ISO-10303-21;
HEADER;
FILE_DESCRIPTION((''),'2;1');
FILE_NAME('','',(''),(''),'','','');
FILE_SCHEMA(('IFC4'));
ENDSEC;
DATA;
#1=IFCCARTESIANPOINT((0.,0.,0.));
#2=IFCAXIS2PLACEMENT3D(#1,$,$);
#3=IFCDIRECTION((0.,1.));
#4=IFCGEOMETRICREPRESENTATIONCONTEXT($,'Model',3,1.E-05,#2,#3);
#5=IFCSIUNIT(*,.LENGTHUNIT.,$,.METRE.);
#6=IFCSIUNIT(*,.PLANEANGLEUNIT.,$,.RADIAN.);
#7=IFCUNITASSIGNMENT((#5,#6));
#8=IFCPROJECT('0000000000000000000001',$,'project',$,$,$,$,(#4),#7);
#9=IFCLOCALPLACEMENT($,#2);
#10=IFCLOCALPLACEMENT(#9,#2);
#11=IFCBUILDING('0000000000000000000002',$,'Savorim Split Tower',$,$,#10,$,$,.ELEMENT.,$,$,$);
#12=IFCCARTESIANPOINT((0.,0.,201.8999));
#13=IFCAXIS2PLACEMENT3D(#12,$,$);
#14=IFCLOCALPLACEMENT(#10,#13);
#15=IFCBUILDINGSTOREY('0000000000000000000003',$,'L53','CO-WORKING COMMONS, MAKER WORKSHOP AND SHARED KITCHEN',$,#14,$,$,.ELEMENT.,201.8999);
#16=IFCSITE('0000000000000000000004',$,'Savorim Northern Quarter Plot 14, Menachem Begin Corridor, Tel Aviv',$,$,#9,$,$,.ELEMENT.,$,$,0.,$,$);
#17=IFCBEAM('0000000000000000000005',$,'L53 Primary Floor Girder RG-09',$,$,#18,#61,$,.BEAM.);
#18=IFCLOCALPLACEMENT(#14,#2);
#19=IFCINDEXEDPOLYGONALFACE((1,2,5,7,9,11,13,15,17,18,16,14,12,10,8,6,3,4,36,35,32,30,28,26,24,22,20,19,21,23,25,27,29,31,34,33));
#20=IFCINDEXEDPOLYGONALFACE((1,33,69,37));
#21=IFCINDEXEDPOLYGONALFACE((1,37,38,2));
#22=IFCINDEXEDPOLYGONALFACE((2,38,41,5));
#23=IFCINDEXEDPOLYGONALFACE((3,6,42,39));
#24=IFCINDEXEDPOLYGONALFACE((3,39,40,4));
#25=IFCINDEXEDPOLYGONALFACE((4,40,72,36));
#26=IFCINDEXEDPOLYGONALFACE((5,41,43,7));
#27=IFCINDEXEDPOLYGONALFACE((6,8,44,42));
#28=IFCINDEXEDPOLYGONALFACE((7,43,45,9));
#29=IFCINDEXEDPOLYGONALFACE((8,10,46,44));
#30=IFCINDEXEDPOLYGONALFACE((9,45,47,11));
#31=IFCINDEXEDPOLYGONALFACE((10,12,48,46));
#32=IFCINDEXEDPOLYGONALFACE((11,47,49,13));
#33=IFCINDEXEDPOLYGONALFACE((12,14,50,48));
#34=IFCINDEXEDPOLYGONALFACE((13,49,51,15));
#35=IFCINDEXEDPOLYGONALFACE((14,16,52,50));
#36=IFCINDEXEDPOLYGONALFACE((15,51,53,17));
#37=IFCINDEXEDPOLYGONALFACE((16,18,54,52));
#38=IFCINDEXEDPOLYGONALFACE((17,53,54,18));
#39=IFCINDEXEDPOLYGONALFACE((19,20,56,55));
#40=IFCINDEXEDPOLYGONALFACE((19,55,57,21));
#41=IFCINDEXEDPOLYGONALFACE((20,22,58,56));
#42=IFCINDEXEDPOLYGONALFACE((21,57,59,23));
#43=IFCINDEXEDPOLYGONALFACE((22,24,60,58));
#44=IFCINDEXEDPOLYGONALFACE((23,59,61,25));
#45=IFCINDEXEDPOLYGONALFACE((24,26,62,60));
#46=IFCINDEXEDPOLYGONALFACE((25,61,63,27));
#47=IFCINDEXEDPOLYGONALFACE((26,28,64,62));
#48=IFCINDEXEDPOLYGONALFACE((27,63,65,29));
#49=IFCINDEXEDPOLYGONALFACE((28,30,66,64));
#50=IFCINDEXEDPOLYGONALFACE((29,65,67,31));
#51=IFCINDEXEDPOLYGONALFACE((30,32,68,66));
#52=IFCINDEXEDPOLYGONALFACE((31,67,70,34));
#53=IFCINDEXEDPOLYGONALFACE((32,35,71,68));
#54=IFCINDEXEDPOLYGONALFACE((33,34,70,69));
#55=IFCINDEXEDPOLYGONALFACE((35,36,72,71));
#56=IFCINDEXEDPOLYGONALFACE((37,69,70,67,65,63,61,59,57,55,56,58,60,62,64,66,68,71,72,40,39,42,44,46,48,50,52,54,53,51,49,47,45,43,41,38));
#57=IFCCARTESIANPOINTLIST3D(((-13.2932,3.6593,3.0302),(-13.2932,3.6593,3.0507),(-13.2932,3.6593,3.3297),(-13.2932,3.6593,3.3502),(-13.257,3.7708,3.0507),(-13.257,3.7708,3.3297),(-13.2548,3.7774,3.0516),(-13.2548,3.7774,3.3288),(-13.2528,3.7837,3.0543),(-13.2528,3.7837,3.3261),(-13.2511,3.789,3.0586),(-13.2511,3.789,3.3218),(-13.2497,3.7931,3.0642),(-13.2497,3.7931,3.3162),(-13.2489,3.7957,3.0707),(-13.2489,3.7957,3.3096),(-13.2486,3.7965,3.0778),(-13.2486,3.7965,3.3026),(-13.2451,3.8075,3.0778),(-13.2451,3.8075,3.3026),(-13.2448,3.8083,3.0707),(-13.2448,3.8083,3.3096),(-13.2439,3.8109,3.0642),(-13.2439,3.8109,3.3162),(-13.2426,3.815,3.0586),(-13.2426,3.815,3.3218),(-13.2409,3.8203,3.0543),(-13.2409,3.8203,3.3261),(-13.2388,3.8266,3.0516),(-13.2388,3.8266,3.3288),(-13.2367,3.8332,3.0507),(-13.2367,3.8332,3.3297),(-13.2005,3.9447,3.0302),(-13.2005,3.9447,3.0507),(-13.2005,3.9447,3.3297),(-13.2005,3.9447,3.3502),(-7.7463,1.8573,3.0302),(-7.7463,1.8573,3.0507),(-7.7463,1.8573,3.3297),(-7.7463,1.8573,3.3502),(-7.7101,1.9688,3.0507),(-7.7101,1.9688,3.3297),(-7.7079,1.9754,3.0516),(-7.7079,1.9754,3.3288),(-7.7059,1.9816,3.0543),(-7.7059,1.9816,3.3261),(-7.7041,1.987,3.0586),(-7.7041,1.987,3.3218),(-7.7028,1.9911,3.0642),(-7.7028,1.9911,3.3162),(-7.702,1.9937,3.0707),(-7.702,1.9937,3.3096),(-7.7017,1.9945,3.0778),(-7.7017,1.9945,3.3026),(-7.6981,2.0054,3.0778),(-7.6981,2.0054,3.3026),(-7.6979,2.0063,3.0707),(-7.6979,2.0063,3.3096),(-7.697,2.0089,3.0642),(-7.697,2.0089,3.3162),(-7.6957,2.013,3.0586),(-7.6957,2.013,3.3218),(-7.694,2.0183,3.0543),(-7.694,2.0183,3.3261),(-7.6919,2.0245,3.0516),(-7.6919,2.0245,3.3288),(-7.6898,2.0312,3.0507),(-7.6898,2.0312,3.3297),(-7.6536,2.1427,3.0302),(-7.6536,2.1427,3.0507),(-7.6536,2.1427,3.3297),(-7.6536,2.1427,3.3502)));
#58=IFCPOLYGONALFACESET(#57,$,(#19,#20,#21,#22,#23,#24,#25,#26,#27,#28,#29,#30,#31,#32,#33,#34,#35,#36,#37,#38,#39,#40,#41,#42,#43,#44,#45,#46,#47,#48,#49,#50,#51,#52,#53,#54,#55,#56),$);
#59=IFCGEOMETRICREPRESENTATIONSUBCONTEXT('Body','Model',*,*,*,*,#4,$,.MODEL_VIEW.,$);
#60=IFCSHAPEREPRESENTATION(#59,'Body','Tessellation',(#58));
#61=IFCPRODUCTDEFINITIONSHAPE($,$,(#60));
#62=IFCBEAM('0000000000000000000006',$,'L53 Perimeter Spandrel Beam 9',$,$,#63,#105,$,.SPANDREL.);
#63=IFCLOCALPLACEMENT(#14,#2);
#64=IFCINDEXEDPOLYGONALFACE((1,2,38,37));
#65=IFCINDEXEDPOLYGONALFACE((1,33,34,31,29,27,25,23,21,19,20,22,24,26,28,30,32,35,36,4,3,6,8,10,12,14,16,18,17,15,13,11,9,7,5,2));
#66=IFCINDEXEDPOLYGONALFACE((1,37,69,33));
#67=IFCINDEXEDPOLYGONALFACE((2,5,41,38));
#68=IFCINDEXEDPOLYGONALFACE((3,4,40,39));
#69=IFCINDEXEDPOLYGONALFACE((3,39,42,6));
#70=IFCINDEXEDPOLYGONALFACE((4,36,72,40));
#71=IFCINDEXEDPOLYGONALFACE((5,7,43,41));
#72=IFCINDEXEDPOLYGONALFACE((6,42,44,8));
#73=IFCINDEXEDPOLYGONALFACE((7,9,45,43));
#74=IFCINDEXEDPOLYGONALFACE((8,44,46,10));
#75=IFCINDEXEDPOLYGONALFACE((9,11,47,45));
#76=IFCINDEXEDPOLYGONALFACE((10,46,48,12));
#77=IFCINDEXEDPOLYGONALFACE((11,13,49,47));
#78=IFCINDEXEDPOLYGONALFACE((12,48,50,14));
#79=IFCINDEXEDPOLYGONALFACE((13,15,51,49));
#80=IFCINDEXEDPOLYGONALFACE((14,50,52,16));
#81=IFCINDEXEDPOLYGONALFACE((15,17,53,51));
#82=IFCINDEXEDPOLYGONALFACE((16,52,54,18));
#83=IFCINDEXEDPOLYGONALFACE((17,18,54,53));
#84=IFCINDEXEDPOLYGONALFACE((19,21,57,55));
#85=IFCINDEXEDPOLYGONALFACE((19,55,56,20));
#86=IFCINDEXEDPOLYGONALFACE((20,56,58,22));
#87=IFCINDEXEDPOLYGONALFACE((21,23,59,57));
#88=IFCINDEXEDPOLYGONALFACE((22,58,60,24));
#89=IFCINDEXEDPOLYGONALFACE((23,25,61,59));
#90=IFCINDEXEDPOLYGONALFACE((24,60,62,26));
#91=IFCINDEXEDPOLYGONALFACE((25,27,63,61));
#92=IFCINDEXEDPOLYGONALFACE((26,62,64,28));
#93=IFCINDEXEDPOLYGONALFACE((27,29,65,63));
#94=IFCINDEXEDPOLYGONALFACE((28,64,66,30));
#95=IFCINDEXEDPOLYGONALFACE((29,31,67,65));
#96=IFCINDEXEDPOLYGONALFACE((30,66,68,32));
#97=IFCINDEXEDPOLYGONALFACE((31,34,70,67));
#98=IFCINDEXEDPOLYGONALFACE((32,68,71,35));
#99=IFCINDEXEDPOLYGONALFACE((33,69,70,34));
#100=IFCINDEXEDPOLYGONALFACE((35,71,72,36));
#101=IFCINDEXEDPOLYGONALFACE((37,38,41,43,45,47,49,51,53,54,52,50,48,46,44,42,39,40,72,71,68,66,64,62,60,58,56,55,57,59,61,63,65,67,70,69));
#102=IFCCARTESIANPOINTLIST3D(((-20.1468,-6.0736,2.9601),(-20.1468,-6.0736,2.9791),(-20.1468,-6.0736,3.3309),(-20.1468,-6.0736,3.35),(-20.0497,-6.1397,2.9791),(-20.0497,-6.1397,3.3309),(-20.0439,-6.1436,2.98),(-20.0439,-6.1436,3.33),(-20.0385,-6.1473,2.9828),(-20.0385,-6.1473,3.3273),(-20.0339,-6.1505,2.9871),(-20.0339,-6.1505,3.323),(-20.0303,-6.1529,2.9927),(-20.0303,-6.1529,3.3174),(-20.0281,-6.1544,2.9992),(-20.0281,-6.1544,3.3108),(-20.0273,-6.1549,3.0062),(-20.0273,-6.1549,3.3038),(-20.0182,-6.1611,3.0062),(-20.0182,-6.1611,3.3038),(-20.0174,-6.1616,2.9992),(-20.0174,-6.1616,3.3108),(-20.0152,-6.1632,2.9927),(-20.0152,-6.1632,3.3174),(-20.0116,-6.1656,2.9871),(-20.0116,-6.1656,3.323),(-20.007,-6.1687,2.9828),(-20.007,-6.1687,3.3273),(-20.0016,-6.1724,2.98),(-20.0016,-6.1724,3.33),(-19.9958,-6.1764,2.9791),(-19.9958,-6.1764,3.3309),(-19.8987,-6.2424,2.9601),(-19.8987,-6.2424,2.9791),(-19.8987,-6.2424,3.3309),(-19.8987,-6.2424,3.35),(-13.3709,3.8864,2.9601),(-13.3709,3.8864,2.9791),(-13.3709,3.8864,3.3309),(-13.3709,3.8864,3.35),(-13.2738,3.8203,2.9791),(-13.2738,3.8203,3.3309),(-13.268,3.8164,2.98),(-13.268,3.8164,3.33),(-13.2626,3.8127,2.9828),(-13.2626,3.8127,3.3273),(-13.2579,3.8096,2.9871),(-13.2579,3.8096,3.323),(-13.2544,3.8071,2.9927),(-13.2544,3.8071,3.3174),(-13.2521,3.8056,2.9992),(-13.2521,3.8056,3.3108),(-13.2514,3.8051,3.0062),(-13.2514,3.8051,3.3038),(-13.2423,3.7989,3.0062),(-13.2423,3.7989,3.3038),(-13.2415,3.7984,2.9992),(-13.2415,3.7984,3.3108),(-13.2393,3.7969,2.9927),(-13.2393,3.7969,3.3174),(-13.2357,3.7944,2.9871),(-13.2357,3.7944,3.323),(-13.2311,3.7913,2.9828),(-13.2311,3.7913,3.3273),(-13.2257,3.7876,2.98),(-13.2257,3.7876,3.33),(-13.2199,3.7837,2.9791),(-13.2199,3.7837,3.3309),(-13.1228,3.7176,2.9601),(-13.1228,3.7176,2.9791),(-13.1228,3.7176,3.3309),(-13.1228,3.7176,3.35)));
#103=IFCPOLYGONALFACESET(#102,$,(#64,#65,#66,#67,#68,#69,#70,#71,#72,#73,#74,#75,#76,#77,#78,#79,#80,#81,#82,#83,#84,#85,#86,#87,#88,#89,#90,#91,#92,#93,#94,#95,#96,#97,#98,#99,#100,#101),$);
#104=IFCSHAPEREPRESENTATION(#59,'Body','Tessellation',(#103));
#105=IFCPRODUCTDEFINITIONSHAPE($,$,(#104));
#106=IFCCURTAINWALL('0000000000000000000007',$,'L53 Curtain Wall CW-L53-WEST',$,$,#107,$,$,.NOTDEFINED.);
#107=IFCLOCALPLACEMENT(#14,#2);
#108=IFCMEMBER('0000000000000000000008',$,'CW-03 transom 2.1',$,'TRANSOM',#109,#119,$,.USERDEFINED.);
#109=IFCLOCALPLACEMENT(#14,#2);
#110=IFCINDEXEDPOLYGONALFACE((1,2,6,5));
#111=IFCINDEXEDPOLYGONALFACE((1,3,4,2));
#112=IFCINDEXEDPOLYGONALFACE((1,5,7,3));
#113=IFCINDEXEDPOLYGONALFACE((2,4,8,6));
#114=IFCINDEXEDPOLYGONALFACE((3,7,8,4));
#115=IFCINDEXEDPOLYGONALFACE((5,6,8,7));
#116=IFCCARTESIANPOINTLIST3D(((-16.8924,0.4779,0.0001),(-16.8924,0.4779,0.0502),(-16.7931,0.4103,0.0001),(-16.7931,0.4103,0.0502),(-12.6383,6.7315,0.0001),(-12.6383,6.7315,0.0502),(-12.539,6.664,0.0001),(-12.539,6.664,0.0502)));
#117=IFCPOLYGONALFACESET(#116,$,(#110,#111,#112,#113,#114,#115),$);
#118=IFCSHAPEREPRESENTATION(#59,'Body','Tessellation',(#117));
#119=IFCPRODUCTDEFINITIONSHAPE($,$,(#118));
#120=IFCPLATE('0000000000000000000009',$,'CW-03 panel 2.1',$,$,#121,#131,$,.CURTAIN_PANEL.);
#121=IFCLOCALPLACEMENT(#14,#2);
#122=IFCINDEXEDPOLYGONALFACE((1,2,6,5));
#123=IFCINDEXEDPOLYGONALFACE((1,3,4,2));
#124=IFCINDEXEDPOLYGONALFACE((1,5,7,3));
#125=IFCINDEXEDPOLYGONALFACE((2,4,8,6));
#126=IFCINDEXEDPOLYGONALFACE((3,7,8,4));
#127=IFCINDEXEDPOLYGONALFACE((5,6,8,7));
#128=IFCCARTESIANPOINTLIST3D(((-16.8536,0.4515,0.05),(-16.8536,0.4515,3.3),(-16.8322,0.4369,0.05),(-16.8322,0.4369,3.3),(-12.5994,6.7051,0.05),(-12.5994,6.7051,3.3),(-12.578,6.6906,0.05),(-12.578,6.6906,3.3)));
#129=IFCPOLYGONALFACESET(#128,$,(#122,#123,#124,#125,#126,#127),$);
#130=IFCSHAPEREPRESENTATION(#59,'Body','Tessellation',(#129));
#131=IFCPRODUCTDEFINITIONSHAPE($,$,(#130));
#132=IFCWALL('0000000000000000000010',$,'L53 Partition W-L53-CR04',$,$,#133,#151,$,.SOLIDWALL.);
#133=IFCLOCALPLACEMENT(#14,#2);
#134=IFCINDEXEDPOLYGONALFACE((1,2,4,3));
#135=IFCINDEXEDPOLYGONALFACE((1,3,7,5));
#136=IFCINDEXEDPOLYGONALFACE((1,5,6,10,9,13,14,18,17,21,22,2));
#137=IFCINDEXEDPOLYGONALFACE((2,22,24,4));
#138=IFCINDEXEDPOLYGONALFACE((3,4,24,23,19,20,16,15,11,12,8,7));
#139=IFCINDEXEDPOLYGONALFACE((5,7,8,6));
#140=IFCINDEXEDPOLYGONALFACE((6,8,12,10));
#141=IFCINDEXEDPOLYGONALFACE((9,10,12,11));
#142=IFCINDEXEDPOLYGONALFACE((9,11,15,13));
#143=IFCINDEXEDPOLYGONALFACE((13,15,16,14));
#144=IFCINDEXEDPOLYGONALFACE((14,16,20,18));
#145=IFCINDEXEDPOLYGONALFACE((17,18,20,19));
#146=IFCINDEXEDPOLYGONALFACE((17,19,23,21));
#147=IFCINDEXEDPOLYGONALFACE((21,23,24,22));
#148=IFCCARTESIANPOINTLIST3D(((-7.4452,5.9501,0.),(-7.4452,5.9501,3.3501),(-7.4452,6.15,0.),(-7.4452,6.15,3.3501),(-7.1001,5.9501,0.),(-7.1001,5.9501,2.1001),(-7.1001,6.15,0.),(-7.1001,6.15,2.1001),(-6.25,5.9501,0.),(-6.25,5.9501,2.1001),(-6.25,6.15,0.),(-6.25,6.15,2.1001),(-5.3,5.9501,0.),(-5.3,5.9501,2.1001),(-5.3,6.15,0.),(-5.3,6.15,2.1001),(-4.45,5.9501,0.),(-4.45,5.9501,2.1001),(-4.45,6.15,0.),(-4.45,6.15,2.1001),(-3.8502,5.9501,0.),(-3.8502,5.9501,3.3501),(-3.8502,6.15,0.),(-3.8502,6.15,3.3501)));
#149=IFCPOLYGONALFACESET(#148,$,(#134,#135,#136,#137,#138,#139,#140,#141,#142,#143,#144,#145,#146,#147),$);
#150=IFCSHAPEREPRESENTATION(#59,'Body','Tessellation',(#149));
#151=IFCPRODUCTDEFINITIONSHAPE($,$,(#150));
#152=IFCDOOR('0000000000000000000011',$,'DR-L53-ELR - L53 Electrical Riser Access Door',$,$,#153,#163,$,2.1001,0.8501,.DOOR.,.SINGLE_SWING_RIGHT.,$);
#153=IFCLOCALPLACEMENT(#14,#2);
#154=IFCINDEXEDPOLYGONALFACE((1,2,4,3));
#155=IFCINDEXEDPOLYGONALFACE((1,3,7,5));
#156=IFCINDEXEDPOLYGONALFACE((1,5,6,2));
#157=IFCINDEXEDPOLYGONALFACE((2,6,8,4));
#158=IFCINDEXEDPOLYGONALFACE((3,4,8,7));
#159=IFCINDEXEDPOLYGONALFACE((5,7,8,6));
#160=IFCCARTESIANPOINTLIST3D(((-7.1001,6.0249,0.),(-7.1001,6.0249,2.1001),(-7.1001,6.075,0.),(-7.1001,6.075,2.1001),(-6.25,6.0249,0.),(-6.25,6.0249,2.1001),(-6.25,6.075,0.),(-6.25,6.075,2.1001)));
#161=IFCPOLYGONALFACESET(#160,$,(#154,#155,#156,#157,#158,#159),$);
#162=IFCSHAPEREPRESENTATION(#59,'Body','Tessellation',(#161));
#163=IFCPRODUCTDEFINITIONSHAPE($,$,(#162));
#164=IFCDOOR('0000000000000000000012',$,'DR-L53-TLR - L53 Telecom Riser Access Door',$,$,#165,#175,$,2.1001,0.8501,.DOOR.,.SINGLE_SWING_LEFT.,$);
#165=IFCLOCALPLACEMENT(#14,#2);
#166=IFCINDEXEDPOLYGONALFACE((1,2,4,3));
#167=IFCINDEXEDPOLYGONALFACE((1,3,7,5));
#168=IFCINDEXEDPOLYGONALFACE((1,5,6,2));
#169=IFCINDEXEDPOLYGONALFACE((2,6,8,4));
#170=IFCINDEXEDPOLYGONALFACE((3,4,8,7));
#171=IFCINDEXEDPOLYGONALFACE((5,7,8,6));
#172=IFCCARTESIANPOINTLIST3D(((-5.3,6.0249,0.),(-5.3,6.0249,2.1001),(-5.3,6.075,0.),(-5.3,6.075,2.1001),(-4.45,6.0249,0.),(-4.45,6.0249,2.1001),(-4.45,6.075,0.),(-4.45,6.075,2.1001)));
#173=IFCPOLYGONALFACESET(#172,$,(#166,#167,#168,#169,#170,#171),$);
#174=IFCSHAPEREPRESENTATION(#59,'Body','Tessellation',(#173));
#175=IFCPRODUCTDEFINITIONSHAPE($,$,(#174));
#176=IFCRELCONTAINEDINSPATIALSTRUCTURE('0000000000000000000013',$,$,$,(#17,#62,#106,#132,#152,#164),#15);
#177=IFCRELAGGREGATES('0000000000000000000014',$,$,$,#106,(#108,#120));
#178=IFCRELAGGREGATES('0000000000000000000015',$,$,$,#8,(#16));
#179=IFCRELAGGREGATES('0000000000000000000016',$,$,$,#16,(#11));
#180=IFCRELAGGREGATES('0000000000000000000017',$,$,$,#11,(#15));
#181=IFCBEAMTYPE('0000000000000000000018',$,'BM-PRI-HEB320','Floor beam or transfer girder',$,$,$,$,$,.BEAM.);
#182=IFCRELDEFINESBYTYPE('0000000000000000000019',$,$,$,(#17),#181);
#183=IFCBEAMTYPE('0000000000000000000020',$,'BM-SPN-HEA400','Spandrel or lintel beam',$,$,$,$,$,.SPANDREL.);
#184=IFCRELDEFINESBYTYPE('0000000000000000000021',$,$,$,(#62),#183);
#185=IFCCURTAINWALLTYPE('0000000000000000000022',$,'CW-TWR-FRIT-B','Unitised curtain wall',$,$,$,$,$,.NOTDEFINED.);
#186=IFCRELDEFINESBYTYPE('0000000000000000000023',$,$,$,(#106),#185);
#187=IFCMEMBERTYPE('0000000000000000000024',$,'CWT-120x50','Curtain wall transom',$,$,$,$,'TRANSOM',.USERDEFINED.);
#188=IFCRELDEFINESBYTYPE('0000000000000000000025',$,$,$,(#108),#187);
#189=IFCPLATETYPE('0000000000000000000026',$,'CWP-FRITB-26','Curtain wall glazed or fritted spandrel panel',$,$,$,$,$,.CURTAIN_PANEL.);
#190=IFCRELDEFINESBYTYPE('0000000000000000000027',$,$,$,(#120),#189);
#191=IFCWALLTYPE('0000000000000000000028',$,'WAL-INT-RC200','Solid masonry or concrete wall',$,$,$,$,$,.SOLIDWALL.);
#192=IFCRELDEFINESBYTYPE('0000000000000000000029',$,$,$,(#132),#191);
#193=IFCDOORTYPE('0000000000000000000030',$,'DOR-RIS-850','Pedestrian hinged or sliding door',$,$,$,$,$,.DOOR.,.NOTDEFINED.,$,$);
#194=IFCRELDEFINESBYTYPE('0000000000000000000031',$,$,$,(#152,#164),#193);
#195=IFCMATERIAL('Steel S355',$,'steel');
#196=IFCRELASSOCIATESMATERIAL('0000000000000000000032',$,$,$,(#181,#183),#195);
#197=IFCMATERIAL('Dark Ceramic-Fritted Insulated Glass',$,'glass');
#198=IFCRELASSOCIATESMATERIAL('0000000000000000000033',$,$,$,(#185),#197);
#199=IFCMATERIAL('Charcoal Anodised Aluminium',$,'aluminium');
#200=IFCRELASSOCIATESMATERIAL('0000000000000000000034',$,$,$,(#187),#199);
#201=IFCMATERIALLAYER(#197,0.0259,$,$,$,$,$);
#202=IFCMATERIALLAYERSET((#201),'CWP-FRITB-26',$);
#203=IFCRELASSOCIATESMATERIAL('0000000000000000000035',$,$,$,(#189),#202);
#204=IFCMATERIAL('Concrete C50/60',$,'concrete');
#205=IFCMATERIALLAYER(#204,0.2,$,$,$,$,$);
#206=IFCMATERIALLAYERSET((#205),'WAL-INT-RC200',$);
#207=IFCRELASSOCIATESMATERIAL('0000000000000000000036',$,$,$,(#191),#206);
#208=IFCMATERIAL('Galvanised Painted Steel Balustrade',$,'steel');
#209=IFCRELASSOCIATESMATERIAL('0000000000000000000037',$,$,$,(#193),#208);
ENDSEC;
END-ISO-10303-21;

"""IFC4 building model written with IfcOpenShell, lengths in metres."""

from ifc_helpers import new_model, si_unit, direction, frame, frame_2d, origin, origin_2d, place, context, subcontext, project, spatial, rectangle, i_section, extrude, material, layer, layer_set, material_profile, profile_set, type_object, element, fill, aggregate, save


model = new_model("IFC4")

# Units and contexts
model_context = context("Model", 3, precision=1e-05, world=origin(), true_north=direction((0.0, 1.0)))
body_context = subcontext(model_context, "Body", "Model", "MODEL_VIEW")
ifc_project = project(units=[si_unit("LENGTHUNIT", "METRE"), si_unit("PLANEANGLEUNIT", "RADIAN")], contexts=[model_context])

# Site, building, storey
site_placement = place(None, origin())
site = spatial("IfcSite", under=ifc_project, at=site_placement, Name="Savorim Northern Quarter Plot 14, Menachem Begin Corridor, Tel Aviv", CompositionType="ELEMENT", RefElevation=0.0)
building_placement = place(site_placement, origin())
building = spatial("IfcBuilding", under=site, at=building_placement, Name="Savorim Split Tower", CompositionType="ELEMENT")
storey_placement = place(building_placement, frame((0.0, 0.0, 201.8999)))
storey = spatial("IfcBuildingStorey", under=building, at=storey_placement, Name="L53", Description="CO-WORKING COMMONS, MAKER WORKSHOP AND SHARED KITCHEN", CompositionType="ELEMENT", Elevation=201.8999)

# Shared definitions
ifc_material_1 = material(Name="Steel S355", Category="steel")

# Beams
ifc_material_profile_1 = material_profile(ifc_material_1, i_section(OverallWidth=0.3, OverallDepth=0.3201, WebThickness=0.0115, FlangeThickness=0.0205, FilletRadius=0.0271, at=origin_2d()), Name="HEB 320")
ifc_profile_set_1 = profile_set([ifc_material_profile_1], Name="Steel S355")
beam_type_1 = type_object("IfcBeamType", Name="BM-PRI-HEB320", Description="Floor beam or transfer girder", PredefinedType="BEAM", material=ifc_profile_set_1)
beam_1_placement = place(storey_placement, frame((-13.2468, 3.802, 3.1902), z_axis=(0.951071, -0.308972, 0.0), x_axis=(0.308972, 0.951071, 0.0)))
element("IfcBeam", 1, at=beam_1_placement, inside=storey, type_object=beam_type_1, Name="L53 Primary Floor Girder RG-09", PredefinedType="BEAM", context=body_context, shape_type="SweptSolid", body=[
    extrude(i_section(OverallWidth=0.3, OverallDepth=0.3201, WebThickness=0.0115, FlangeThickness=0.0205, FilletRadius=0.0271, at=origin_2d()), origin(), (0.0, 0.0, 1.0), 5.8323),
])
ifc_material_profile_2 = material_profile(ifc_material_1, i_section(OverallWidth=0.3, OverallDepth=0.3899, WebThickness=0.011, FlangeThickness=0.019, FilletRadius=0.0271, at=origin_2d()), Name="HEA 400")
ifc_profile_set_2 = profile_set([ifc_material_profile_2], Name="Steel S355")
beam_type_2 = type_object("IfcBeamType", Name="BM-SPN-HEA400", Description="Spandrel or lintel beam", PredefinedType="SPANDREL", material=ifc_profile_set_2)
beam_2_placement = place(storey_placement, frame((-13.2468, 3.802, 3.155), z_axis=(-0.562486, -0.826807, 0.0), x_axis=(0.826807, -0.562486, 0.0)))
element("IfcBeam", 2, at=beam_2_placement, inside=storey, type_object=beam_type_2, Name="L53 Perimeter Spandrel Beam 9", PredefinedType="SPANDREL", context=body_context, shape_type="SweptSolid", body=[
    extrude(i_section(OverallWidth=0.3, OverallDepth=0.3899, WebThickness=0.011, FlangeThickness=0.019, FilletRadius=0.0271, at=origin_2d()), origin(), (0.0, 0.0, 1.0), 12.0464),
])

# Curtain wall, member, plate
ifc_material_2 = material(Name="Dark Ceramic-Fritted Insulated Glass", Category="glass")
curtain_wall_type = type_object("IfcCurtainWallType", Name="CW-TWR-FRIT-B", Description="Unitised curtain wall", PredefinedType="NOTDEFINED", material=ifc_material_2)
curtain_wall_placement = place(storey_placement, origin())
curtain_wall = element("IfcCurtainWall", 3, at=curtain_wall_placement, inside=storey, type_object=curtain_wall_type, Name="L53 Curtain Wall CW-L53-WEST", PredefinedType="NOTDEFINED")
ifc_material_3 = material(Name="Charcoal Anodised Aluminium", Category="aluminium")
ifc_material_profile_3 = material_profile(ifc_material_3, rectangle(XDim=0.1201, YDim=0.05, at=origin_2d()), Name="ALU-T 120x50")
ifc_profile_set_3 = profile_set([ifc_material_profile_3], Name="Charcoal Anodised Aluminium")
member_type = type_object("IfcMemberType", Name="CWT-120x50", Description="Curtain wall transom", ElementType="TRANSOM", PredefinedType="USERDEFINED", material=ifc_profile_set_3)
member_placement = place(storey_placement, frame((-12.5886, 6.6978, 0.0251), z_axis=(-0.56246, -0.826824, 0.0), x_axis=(0.826824, -0.56246, 0.0)))
member = element("IfcMember", 4, at=member_placement, type_object=member_type, Name="CW-03 transom 2.1", ObjectType="TRANSOM", PredefinedType="USERDEFINED", context=body_context, shape_type="SweptSolid", body=[
    extrude(rectangle(XDim=0.1201, YDim=0.05, at=origin_2d()), origin(), (0.0, 0.0, 1.0), 7.5635),
])
ifc_layer_1 = layer(ifc_material_2, 0.0259)
ifc_layer_set_1 = layer_set([ifc_layer_1], Name="CWP-FRITB-26")
plate_type = type_object("IfcPlateType", Name="CWP-FRITB-26", Description="Curtain wall glazed or fritted spandrel panel", PredefinedType="CURTAIN_PANEL", material=ifc_layer_set_1)
plate_placement = place(storey_placement, frame((-14.7158, 3.571, 0.05), z_axis=(0.0, 0.0, 1.0), x_axis=(-0.562465, -0.826821, 0.0)))
plate = element("IfcPlate", 5, at=plate_placement, type_object=plate_type, Name="CW-03 panel 2.1", PredefinedType="CURTAIN_PANEL", context=body_context, shape_type="SweptSolid", body=[
    extrude(rectangle(XDim=7.5635, YDim=0.0259, at=origin_2d()), origin(), (0.0, 0.0, 1.0), 3.25),
])
aggregate(curtain_wall, [member, plate])

# Wall, openings, doors
ifc_material_4 = material(Name="Concrete C50/60", Category="concrete")
ifc_layer_2 = layer(ifc_material_4, 0.2)
ifc_layer_set_2 = layer_set([ifc_layer_2], Name="WAL-INT-RC200")
wall_type_1 = type_object("IfcWallType", Name="WAL-INT-RC200", Description="Solid masonry or concrete wall", PredefinedType="SOLIDWALL", material=ifc_layer_set_2)
wall_1_placement = place(storey_placement, frame((-7.4451, 6.05, 0.0), z_axis=(0.0, 0.0, 1.0), x_axis=(1.0, 0.0, 0.0)))
wall_1 = element("IfcWall", 6, at=wall_1_placement, inside=storey, type_object=wall_type_1, Name="L53 Partition W-L53-CR04", PredefinedType="SOLIDWALL", context=body_context, shape_type="SweptSolid", body=[
    extrude(rectangle(XDim=3.595, YDim=0.2, at=frame_2d((1.7974, 0.0))), origin(), (0.0, 0.0, 1.0), 3.3501),
])
opening_1_placement = place(wall_1_placement, frame((0.345, 0.0, 0.0)))
opening_1 = element("IfcOpeningElement", 7, at=opening_1_placement, cuts=wall_1, PredefinedType="OPENING", context=body_context, shape_type="SweptSolid", body=[
    extrude(rectangle(XDim=0.8501, YDim=2.1001, at=frame_2d((0.425, 1.05))), frame((0.0, 0.1099, 0.0), z_axis=(0.0, -1.0, 0.0), x_axis=(1.0, 0.0, 0.0)), (0.0, 0.0, 1.0), 0.22),
])
opening_2_placement = place(wall_1_placement, frame((2.145, 0.0, 0.0)))
opening_2 = element("IfcOpeningElement", 8, at=opening_2_placement, cuts=wall_1, PredefinedType="OPENING", context=body_context, shape_type="SweptSolid", body=[
    extrude(rectangle(XDim=0.8501, YDim=2.1001, at=frame_2d((0.425, 1.05))), frame((0.0, 0.1099, 0.0), z_axis=(0.0, -1.0, 0.0), x_axis=(1.0, 0.0, 0.0)), (0.0, 0.0, 1.0), 0.22),
])
ifc_material_5 = material(Name="Galvanised Painted Steel Balustrade", Category="steel")
door_type = type_object("IfcDoorType", Name="DOR-RIS-850", Description="Pedestrian hinged or sliding door", OperationType="NOTDEFINED", PredefinedType="DOOR", material=ifc_material_5)
door_1_placement = place(opening_1_placement, origin())
door_1 = element("IfcDoor", 9, at=door_1_placement, inside=storey, type_object=door_type, Name="DR-L53-ELR - L53 Electrical Riser Access Door", OperationType="SINGLE_SWING_RIGHT", OverallHeight=2.1001, OverallWidth=0.8501, PredefinedType="DOOR", context=body_context, shape_type="SweptSolid", body=[
    extrude(rectangle(XDim=0.8501, YDim=2.1001, at=frame_2d((0.425, 1.05))), frame((0.0, 0.0249, 0.0), z_axis=(0.0, -1.0, 0.0), x_axis=(1.0, 0.0, 0.0)), (0.0, 0.0, 1.0), 0.05),
])
fill(opening_1, door_1)
door_2_placement = place(opening_2_placement, origin())
door_2 = element("IfcDoor", 10, at=door_2_placement, inside=storey, type_object=door_type, Name="DR-L53-TLR - L53 Telecom Riser Access Door", OperationType="SINGLE_SWING_LEFT", OverallHeight=2.1001, OverallWidth=0.8501, PredefinedType="DOOR", context=body_context, shape_type="SweptSolid", body=[
    extrude(rectangle(XDim=0.8501, YDim=2.1001, at=frame_2d((0.425, 1.05))), frame((0.0, 0.0249, 0.0), z_axis=(0.0, -1.0, 0.0), x_axis=(1.0, 0.0, 0.0)), (0.0, 0.0, 1.0), 0.05),
])
fill(opening_2, door_2)

save(model, "model.ifc")
